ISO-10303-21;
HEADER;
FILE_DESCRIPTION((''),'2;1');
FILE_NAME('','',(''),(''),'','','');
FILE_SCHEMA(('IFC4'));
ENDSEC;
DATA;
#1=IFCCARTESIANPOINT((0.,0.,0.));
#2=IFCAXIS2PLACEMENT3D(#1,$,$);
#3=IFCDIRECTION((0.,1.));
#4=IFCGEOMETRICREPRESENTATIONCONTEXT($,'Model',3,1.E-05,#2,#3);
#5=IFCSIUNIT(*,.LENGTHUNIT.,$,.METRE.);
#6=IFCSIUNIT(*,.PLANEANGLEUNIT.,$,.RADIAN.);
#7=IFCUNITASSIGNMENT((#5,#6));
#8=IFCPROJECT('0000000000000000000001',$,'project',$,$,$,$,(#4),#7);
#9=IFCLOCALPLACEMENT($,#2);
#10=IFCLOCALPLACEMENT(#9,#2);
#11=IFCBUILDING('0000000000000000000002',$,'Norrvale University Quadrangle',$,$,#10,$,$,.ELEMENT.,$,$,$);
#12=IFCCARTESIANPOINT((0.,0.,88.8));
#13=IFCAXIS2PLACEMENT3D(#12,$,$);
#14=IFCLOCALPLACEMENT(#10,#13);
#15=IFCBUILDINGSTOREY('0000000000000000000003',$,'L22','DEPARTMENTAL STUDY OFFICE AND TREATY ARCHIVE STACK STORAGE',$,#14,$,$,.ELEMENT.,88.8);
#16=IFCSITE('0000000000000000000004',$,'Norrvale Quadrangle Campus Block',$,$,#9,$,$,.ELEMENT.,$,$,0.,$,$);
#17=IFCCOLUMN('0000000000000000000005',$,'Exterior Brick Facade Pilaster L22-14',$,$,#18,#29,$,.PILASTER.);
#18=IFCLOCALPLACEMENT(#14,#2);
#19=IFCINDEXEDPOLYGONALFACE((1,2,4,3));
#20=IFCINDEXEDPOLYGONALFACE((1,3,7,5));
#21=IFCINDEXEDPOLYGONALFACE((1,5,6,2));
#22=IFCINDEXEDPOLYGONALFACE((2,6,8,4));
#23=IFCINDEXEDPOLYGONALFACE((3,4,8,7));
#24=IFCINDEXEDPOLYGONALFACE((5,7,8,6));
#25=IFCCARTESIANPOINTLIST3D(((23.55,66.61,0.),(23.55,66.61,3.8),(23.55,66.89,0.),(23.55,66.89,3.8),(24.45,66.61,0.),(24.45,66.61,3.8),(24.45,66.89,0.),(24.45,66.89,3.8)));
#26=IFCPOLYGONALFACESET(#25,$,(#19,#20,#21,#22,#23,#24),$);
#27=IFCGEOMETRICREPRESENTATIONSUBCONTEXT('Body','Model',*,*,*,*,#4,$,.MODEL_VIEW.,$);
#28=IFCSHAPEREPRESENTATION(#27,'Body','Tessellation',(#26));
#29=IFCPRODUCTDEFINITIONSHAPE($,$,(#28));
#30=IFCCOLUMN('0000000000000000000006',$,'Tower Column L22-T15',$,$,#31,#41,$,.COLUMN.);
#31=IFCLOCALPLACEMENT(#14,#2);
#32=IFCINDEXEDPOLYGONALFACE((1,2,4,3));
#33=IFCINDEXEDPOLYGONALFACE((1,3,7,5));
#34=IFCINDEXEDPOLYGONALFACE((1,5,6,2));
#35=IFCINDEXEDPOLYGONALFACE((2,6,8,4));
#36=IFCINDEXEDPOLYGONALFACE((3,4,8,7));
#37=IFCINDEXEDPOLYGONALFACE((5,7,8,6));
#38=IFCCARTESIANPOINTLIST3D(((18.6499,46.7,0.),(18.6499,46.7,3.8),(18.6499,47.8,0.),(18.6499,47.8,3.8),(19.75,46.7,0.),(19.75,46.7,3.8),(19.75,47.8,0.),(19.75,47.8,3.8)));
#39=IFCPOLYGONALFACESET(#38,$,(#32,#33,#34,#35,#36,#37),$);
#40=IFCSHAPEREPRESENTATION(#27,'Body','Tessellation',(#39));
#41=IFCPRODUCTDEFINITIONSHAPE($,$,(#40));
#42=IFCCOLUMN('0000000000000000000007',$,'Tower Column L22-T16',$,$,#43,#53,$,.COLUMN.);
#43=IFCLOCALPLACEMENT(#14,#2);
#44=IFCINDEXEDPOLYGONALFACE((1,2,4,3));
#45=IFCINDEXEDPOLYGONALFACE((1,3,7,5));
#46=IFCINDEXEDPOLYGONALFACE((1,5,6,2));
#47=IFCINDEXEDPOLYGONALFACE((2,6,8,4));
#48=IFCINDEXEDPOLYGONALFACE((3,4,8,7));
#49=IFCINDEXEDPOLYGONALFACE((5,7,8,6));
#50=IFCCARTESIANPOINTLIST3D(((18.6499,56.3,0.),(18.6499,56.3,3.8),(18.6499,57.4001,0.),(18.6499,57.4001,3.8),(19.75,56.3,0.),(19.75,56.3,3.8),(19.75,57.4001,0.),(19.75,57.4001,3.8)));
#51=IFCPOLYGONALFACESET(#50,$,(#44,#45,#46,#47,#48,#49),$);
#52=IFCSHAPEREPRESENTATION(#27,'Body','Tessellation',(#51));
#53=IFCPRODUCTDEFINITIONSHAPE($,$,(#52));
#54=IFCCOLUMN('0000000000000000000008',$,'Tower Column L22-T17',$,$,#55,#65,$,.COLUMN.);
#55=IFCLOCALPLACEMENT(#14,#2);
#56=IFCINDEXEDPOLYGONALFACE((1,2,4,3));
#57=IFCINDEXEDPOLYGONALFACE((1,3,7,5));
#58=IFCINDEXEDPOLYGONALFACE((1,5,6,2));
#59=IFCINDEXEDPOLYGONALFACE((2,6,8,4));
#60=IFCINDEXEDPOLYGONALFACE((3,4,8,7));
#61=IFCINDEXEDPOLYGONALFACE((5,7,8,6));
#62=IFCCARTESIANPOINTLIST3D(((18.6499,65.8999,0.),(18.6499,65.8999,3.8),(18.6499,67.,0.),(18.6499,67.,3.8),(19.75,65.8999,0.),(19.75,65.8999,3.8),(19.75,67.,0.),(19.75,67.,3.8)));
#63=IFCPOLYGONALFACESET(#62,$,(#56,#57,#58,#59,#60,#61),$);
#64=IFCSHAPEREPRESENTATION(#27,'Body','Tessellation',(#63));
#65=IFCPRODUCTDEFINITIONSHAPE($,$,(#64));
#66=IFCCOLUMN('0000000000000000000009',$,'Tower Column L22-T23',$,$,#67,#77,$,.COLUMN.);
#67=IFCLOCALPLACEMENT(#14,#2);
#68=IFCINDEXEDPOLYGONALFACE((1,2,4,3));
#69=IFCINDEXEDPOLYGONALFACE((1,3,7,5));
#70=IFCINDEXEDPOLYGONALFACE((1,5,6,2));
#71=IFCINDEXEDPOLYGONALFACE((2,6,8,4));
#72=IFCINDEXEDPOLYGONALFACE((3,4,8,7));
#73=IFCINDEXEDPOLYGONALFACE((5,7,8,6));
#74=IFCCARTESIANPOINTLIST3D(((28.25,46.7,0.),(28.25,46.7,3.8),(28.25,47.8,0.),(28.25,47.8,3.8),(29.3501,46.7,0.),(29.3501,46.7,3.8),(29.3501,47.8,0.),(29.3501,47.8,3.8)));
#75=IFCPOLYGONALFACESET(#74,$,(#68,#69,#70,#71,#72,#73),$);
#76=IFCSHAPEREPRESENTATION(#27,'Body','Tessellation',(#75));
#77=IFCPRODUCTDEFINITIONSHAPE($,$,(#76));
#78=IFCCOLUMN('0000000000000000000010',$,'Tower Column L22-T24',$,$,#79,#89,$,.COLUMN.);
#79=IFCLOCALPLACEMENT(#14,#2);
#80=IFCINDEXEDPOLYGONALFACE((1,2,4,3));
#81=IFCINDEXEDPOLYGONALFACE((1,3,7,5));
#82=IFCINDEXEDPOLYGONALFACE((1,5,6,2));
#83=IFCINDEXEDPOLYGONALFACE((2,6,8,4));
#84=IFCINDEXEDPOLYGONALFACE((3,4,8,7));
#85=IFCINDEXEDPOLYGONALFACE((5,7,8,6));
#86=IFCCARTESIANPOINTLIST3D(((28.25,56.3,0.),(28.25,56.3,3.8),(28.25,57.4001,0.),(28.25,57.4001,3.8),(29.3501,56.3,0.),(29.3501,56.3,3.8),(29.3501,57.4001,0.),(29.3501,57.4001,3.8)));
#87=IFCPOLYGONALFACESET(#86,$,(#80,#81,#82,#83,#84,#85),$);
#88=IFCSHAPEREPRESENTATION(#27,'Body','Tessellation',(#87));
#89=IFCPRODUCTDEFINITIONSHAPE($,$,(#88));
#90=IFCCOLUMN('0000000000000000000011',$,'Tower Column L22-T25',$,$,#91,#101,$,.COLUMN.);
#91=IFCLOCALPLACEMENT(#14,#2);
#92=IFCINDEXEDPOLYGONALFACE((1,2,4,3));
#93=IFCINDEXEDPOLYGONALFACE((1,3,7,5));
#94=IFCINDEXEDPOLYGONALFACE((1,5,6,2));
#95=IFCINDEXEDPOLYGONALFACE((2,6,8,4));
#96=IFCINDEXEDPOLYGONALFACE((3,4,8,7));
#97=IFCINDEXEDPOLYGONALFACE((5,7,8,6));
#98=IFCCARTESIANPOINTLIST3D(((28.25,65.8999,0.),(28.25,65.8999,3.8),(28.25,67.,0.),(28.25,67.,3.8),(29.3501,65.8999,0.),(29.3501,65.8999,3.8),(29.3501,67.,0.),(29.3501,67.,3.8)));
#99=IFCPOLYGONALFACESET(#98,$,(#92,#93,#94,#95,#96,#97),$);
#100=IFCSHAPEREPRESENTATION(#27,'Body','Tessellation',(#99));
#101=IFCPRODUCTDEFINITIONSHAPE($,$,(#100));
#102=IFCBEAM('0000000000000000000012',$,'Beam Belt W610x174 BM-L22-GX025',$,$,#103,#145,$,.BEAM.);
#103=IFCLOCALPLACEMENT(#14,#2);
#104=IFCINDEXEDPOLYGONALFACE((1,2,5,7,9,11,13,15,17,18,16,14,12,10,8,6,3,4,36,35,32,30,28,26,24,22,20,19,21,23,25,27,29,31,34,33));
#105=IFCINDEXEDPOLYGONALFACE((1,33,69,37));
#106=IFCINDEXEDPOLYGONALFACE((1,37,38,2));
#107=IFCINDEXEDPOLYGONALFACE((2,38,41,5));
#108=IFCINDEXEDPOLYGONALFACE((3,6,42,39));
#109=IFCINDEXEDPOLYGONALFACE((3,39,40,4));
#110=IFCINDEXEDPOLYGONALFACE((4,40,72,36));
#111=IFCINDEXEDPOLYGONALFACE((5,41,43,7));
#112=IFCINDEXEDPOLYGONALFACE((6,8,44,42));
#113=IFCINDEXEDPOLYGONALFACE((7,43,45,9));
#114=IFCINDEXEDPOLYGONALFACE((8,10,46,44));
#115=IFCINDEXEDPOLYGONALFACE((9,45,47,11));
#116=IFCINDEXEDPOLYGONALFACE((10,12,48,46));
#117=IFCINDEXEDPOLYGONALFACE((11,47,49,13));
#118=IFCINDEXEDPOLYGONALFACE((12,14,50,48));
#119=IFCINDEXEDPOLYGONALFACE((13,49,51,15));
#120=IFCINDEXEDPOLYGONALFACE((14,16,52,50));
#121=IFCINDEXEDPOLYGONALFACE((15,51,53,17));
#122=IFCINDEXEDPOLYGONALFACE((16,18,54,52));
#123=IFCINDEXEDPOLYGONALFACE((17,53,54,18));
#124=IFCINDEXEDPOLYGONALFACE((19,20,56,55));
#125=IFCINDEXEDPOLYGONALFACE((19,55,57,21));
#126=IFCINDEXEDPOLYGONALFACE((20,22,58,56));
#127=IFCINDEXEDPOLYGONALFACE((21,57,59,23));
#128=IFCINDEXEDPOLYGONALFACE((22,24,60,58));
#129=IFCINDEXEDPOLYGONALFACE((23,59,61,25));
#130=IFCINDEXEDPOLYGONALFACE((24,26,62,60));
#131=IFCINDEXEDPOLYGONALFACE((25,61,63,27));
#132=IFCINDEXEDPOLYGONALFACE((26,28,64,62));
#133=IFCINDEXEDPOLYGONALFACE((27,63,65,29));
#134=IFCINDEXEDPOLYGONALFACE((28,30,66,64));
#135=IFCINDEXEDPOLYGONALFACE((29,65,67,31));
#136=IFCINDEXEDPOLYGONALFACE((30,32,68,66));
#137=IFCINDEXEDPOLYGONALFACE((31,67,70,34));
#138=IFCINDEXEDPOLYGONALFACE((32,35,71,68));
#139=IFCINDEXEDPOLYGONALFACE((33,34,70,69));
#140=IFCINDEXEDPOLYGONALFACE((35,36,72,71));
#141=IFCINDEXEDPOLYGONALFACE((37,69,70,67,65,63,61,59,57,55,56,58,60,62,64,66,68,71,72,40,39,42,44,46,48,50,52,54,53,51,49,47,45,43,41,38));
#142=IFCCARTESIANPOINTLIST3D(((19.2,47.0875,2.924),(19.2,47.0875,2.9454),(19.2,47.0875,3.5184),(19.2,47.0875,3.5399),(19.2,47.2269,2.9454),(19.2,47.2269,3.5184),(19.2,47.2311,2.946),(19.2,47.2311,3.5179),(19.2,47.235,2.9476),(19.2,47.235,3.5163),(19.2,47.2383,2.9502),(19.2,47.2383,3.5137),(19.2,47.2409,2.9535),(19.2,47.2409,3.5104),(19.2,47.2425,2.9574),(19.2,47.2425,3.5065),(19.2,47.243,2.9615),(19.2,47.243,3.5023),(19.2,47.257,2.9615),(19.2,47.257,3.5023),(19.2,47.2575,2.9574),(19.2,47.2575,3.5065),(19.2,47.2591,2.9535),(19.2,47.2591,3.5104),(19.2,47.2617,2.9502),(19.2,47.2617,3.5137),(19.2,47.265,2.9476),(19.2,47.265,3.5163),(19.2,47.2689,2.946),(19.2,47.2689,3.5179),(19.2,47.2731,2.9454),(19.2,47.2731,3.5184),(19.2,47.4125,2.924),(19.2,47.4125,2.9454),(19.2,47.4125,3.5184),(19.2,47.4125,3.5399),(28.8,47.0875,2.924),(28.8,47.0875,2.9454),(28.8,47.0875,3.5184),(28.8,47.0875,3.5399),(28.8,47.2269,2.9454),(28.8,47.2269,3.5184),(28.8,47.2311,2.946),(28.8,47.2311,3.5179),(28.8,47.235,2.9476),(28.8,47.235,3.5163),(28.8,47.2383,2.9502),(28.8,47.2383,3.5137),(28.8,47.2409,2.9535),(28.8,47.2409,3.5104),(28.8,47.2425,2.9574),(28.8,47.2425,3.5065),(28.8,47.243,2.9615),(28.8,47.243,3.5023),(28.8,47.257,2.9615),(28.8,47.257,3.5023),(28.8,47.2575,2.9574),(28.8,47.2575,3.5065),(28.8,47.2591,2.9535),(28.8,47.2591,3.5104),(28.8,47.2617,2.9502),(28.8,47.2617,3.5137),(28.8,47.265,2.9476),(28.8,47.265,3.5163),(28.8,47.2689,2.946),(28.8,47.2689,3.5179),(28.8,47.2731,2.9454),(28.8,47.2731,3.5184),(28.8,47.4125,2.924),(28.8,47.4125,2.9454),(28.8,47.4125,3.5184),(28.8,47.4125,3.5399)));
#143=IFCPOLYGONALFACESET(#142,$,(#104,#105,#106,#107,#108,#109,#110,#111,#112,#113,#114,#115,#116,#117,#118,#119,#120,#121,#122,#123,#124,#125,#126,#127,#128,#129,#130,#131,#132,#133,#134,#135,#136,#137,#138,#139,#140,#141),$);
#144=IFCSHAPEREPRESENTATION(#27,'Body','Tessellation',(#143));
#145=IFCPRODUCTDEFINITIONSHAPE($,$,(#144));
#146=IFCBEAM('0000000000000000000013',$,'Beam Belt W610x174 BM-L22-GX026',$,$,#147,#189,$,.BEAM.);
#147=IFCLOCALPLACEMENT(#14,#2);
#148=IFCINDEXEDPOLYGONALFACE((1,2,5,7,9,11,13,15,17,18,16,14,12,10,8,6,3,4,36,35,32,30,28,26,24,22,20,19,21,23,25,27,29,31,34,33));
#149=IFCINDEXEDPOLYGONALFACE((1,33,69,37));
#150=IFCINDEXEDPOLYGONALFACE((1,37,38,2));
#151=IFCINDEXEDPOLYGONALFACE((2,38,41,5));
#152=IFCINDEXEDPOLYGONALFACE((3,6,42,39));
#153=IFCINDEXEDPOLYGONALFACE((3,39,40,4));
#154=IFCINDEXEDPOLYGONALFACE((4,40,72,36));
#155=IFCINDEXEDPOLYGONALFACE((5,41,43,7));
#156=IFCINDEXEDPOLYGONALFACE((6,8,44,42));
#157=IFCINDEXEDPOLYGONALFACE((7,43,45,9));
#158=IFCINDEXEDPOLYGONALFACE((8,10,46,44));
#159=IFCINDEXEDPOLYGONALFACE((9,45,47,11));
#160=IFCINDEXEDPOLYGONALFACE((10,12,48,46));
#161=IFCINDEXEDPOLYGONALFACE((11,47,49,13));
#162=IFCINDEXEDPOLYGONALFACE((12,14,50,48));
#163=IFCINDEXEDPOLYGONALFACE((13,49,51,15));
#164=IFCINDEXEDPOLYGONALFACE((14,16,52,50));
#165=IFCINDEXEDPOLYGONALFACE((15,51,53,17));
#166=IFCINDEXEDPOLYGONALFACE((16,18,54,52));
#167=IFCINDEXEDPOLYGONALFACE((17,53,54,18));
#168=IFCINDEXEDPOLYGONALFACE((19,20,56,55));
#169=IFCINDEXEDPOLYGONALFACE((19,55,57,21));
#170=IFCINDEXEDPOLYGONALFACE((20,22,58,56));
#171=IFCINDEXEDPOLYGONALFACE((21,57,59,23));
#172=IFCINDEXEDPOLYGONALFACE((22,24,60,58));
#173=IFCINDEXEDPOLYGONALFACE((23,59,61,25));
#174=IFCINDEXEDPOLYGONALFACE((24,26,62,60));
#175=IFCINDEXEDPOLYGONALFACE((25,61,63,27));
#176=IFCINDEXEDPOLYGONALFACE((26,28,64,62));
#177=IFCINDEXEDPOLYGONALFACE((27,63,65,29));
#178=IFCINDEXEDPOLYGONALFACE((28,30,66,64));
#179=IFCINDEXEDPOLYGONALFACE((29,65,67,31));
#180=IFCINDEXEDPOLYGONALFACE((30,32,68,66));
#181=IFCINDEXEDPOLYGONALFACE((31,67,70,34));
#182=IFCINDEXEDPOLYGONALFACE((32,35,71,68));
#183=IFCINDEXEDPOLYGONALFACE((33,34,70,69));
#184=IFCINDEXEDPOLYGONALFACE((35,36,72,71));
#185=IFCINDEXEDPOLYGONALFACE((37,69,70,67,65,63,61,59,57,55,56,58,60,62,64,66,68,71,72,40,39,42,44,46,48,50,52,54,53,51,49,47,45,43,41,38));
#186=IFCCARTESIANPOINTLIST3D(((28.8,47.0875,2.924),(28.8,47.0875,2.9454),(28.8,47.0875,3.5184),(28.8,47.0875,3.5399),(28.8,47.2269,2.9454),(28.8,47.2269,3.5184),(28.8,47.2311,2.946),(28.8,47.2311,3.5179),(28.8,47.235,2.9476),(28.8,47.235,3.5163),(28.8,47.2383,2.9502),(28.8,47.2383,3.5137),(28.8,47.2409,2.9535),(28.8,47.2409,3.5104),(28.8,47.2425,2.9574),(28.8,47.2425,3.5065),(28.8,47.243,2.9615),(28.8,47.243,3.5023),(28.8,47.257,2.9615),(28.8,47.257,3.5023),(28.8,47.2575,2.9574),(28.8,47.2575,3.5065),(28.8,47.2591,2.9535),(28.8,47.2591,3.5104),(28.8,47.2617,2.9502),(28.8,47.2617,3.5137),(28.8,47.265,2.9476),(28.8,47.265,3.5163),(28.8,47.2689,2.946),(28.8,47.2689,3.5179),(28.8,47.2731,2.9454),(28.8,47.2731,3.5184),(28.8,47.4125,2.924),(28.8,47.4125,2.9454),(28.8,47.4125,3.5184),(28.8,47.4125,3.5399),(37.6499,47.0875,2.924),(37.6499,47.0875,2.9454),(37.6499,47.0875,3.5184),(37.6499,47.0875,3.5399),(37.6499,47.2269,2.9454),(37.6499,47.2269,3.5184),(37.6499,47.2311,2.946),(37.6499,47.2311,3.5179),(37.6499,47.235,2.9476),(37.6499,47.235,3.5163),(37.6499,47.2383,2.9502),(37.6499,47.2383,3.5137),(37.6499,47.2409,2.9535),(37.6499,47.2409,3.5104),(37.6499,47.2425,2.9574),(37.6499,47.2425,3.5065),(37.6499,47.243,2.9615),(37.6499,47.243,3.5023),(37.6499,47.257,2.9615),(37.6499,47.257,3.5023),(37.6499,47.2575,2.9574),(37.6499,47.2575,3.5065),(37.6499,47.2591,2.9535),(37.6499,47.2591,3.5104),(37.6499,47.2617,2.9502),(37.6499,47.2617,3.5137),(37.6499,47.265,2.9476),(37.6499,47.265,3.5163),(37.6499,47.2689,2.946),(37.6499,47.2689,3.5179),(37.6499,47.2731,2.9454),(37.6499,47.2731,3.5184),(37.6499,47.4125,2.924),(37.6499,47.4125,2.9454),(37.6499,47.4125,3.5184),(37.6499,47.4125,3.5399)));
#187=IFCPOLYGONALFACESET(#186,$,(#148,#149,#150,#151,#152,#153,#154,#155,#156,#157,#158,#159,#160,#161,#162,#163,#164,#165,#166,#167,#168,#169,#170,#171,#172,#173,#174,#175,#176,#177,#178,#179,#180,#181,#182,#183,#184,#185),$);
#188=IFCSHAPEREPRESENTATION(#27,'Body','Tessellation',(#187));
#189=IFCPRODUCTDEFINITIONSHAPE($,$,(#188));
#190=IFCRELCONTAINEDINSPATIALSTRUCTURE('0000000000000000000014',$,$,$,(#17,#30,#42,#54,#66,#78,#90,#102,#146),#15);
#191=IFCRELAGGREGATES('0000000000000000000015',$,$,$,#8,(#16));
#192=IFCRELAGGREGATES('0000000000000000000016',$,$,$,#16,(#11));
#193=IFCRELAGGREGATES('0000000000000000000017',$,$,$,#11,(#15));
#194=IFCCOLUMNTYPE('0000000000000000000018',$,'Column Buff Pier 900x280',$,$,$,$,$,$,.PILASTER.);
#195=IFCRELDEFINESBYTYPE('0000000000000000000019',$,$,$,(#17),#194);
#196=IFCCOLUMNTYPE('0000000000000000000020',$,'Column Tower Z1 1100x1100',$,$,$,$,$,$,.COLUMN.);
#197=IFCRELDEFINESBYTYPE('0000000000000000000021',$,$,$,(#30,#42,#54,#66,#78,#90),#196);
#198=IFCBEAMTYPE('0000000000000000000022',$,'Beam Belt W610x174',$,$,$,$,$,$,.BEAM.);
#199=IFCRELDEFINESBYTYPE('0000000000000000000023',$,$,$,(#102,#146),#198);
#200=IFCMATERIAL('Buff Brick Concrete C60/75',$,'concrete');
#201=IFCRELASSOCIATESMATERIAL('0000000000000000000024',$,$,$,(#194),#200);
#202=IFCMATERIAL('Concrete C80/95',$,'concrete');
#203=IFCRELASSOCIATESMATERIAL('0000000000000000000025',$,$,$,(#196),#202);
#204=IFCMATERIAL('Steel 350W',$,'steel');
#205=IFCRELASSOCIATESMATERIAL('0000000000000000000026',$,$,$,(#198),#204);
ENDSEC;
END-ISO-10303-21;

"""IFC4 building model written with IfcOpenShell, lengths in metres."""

from ifc_helpers import new_model, si_unit, direction, frame, origin, origin_2d, place, context, subcontext, project, spatial, rectangle, i_section, extrude, material, material_profile, profile_set, type_object, element, save


model = new_model("IFC4")

# Units and contexts
model_context = context("Model", 3, precision=1e-05, world=origin(), true_north=direction((0.0, 1.0)))
body_context = subcontext(model_context, "Body", "Model", "MODEL_VIEW")
ifc_project = project(units=[si_unit("LENGTHUNIT", "METRE"), si_unit("PLANEANGLEUNIT", "RADIAN")], contexts=[model_context])

# Site, building, storey
site_placement = place(None, origin())
site = spatial("IfcSite", under=ifc_project, at=site_placement, Name="Norrvale Quadrangle Campus Block", CompositionType="ELEMENT", RefElevation=0.0)
building_placement = place(site_placement, origin())
building = spatial("IfcBuilding", under=site, at=building_placement, Name="Norrvale University Quadrangle", CompositionType="ELEMENT")
storey_placement = place(building_placement, frame((0.0, 0.0, 88.8)))
storey = spatial("IfcBuildingStorey", under=building, at=storey_placement, Name="L22", Description="DEPARTMENTAL STUDY OFFICE AND TREATY ARCHIVE STACK STORAGE", CompositionType="ELEMENT", Elevation=88.8)

# Columns
ifc_material_1 = material(Name="Buff Brick Concrete C60/75", Category="concrete")
ifc_material_profile_1 = material_profile(ifc_material_1, rectangle(XDim=0.8999, YDim=0.28, at=origin_2d()), Name="Buff Brick Concrete C60/75")
ifc_profile_set_1 = profile_set([ifc_material_profile_1], Name="Buff Brick Concrete C60/75")
column_type_1 = type_object("IfcColumnType", Name="Column Buff Pier 900x280", PredefinedType="PILASTER", material=ifc_profile_set_1)
column_placement = place(storey_placement, frame((24.0, 66.75, 0.0), z_axis=(0.0, 0.0, 1.0), x_axis=(1.0, 0.0, 0.0)))
element("IfcColumn", 1, at=column_placement, inside=storey, type_object=column_type_1, Name="Exterior Brick Facade Pilaster L22-14", PredefinedType="PILASTER", context=body_context, shape_type="SweptSolid", body=[
    extrude(rectangle(XDim=0.8999, YDim=0.28, at=origin_2d()), origin(), (0.0, 0.0, 1.0), 3.8),
])
ifc_material_2 = material(Name="Concrete C80/95", Category="concrete")
ifc_material_profile_2 = material_profile(ifc_material_2, rectangle(XDim=1.1001, YDim=1.1001, at=origin_2d()), Name="Concrete C80/95")
ifc_profile_set_2 = profile_set([ifc_material_profile_2], Name="Concrete C80/95")
column_type_2 = type_object("IfcColumnType", Name="Column Tower Z1 1100x1100", PredefinedType="COLUMN", material=ifc_profile_set_2)
for number, where, z_axis, x_axis, name in (
    (2, (19.2, 47.25, 0.0), (0.0, 0.0, 1.0), (1.0, 0.0, 0.0), "Tower Column L22-T15"),
    (3, (19.2, 56.8501, 0.0), (0.0, 0.0, 1.0), (1.0, 0.0, 0.0), "Tower Column L22-T16"),
    (4, (19.2, 66.45, 0.0), (0.0, 0.0, 1.0), (1.0, 0.0, 0.0), "Tower Column L22-T17"),
    (5, (28.8, 47.25, 0.0), (0.0, 0.0, 1.0), (1.0, 0.0, 0.0), "Tower Column L22-T23"),
    (6, (28.8, 56.8501, 0.0), (0.0, 0.0, 1.0), (1.0, 0.0, 0.0), "Tower Column L22-T24"),
    (7, (28.8, 66.45, 0.0), (0.0, 0.0, 1.0), (1.0, 0.0, 0.0), "Tower Column L22-T25"),
):
    element("IfcColumn", number, at=place(storey_placement, frame(where, z_axis=z_axis, x_axis=x_axis)), inside=storey, type_object=column_type_2, Name=name, PredefinedType="COLUMN", context=body_context, shape_type="SweptSolid", body=[
        extrude(rectangle(XDim=1.1001, YDim=1.1001, at=origin_2d()), origin(), (0.0, 0.0, 1.0), 3.8),
    ])

# Beams
ifc_material_3 = material(Name="Steel 350W", Category="steel")
ifc_material_profile_3 = material_profile(ifc_material_3, i_section(OverallWidth=0.325, OverallDepth=0.616, WebThickness=0.0139, FlangeThickness=0.0215, FilletRadius=0.0161, at=origin_2d()), Name="Steel 350W")
ifc_profile_set_3 = profile_set([ifc_material_profile_3], Name="Steel 350W")
beam_type_1 = type_object("IfcBeamType", Name="Beam Belt W610x174", PredefinedType="BEAM", material=ifc_profile_set_3)
beam_1_placement = place(storey_placement, frame((19.2, 47.25, 3.2319), z_axis=(1.0, 0.0, 0.0), x_axis=(0.0, 1.0, 0.0)))
element("IfcBeam", 8, at=beam_1_placement, inside=storey, type_object=beam_type_1, Name="Beam Belt W610x174 BM-L22-GX025", PredefinedType="BEAM", context=body_context, shape_type="SweptSolid", body=[
    extrude(i_section(OverallWidth=0.325, OverallDepth=0.616, WebThickness=0.0139, FlangeThickness=0.0215, FilletRadius=0.0161, at=origin_2d()), origin(), (0.0, 0.0, 1.0), 9.6001),
])
beam_2_placement = place(storey_placement, frame((28.8, 47.25, 3.2319), z_axis=(1.0, 0.0, 0.0), x_axis=(0.0, 1.0, 0.0)))
element("IfcBeam", 9, at=beam_2_placement, inside=storey, type_object=beam_type_1, Name="Beam Belt W610x174 BM-L22-GX026", PredefinedType="BEAM", context=body_context, shape_type="SweptSolid", body=[
    extrude(i_section(OverallWidth=0.325, OverallDepth=0.616, WebThickness=0.0139, FlangeThickness=0.0215, FilletRadius=0.0161, at=origin_2d()), origin(), (0.0, 0.0, 1.0), 8.8499),
])

save(model, "model.ifc")
